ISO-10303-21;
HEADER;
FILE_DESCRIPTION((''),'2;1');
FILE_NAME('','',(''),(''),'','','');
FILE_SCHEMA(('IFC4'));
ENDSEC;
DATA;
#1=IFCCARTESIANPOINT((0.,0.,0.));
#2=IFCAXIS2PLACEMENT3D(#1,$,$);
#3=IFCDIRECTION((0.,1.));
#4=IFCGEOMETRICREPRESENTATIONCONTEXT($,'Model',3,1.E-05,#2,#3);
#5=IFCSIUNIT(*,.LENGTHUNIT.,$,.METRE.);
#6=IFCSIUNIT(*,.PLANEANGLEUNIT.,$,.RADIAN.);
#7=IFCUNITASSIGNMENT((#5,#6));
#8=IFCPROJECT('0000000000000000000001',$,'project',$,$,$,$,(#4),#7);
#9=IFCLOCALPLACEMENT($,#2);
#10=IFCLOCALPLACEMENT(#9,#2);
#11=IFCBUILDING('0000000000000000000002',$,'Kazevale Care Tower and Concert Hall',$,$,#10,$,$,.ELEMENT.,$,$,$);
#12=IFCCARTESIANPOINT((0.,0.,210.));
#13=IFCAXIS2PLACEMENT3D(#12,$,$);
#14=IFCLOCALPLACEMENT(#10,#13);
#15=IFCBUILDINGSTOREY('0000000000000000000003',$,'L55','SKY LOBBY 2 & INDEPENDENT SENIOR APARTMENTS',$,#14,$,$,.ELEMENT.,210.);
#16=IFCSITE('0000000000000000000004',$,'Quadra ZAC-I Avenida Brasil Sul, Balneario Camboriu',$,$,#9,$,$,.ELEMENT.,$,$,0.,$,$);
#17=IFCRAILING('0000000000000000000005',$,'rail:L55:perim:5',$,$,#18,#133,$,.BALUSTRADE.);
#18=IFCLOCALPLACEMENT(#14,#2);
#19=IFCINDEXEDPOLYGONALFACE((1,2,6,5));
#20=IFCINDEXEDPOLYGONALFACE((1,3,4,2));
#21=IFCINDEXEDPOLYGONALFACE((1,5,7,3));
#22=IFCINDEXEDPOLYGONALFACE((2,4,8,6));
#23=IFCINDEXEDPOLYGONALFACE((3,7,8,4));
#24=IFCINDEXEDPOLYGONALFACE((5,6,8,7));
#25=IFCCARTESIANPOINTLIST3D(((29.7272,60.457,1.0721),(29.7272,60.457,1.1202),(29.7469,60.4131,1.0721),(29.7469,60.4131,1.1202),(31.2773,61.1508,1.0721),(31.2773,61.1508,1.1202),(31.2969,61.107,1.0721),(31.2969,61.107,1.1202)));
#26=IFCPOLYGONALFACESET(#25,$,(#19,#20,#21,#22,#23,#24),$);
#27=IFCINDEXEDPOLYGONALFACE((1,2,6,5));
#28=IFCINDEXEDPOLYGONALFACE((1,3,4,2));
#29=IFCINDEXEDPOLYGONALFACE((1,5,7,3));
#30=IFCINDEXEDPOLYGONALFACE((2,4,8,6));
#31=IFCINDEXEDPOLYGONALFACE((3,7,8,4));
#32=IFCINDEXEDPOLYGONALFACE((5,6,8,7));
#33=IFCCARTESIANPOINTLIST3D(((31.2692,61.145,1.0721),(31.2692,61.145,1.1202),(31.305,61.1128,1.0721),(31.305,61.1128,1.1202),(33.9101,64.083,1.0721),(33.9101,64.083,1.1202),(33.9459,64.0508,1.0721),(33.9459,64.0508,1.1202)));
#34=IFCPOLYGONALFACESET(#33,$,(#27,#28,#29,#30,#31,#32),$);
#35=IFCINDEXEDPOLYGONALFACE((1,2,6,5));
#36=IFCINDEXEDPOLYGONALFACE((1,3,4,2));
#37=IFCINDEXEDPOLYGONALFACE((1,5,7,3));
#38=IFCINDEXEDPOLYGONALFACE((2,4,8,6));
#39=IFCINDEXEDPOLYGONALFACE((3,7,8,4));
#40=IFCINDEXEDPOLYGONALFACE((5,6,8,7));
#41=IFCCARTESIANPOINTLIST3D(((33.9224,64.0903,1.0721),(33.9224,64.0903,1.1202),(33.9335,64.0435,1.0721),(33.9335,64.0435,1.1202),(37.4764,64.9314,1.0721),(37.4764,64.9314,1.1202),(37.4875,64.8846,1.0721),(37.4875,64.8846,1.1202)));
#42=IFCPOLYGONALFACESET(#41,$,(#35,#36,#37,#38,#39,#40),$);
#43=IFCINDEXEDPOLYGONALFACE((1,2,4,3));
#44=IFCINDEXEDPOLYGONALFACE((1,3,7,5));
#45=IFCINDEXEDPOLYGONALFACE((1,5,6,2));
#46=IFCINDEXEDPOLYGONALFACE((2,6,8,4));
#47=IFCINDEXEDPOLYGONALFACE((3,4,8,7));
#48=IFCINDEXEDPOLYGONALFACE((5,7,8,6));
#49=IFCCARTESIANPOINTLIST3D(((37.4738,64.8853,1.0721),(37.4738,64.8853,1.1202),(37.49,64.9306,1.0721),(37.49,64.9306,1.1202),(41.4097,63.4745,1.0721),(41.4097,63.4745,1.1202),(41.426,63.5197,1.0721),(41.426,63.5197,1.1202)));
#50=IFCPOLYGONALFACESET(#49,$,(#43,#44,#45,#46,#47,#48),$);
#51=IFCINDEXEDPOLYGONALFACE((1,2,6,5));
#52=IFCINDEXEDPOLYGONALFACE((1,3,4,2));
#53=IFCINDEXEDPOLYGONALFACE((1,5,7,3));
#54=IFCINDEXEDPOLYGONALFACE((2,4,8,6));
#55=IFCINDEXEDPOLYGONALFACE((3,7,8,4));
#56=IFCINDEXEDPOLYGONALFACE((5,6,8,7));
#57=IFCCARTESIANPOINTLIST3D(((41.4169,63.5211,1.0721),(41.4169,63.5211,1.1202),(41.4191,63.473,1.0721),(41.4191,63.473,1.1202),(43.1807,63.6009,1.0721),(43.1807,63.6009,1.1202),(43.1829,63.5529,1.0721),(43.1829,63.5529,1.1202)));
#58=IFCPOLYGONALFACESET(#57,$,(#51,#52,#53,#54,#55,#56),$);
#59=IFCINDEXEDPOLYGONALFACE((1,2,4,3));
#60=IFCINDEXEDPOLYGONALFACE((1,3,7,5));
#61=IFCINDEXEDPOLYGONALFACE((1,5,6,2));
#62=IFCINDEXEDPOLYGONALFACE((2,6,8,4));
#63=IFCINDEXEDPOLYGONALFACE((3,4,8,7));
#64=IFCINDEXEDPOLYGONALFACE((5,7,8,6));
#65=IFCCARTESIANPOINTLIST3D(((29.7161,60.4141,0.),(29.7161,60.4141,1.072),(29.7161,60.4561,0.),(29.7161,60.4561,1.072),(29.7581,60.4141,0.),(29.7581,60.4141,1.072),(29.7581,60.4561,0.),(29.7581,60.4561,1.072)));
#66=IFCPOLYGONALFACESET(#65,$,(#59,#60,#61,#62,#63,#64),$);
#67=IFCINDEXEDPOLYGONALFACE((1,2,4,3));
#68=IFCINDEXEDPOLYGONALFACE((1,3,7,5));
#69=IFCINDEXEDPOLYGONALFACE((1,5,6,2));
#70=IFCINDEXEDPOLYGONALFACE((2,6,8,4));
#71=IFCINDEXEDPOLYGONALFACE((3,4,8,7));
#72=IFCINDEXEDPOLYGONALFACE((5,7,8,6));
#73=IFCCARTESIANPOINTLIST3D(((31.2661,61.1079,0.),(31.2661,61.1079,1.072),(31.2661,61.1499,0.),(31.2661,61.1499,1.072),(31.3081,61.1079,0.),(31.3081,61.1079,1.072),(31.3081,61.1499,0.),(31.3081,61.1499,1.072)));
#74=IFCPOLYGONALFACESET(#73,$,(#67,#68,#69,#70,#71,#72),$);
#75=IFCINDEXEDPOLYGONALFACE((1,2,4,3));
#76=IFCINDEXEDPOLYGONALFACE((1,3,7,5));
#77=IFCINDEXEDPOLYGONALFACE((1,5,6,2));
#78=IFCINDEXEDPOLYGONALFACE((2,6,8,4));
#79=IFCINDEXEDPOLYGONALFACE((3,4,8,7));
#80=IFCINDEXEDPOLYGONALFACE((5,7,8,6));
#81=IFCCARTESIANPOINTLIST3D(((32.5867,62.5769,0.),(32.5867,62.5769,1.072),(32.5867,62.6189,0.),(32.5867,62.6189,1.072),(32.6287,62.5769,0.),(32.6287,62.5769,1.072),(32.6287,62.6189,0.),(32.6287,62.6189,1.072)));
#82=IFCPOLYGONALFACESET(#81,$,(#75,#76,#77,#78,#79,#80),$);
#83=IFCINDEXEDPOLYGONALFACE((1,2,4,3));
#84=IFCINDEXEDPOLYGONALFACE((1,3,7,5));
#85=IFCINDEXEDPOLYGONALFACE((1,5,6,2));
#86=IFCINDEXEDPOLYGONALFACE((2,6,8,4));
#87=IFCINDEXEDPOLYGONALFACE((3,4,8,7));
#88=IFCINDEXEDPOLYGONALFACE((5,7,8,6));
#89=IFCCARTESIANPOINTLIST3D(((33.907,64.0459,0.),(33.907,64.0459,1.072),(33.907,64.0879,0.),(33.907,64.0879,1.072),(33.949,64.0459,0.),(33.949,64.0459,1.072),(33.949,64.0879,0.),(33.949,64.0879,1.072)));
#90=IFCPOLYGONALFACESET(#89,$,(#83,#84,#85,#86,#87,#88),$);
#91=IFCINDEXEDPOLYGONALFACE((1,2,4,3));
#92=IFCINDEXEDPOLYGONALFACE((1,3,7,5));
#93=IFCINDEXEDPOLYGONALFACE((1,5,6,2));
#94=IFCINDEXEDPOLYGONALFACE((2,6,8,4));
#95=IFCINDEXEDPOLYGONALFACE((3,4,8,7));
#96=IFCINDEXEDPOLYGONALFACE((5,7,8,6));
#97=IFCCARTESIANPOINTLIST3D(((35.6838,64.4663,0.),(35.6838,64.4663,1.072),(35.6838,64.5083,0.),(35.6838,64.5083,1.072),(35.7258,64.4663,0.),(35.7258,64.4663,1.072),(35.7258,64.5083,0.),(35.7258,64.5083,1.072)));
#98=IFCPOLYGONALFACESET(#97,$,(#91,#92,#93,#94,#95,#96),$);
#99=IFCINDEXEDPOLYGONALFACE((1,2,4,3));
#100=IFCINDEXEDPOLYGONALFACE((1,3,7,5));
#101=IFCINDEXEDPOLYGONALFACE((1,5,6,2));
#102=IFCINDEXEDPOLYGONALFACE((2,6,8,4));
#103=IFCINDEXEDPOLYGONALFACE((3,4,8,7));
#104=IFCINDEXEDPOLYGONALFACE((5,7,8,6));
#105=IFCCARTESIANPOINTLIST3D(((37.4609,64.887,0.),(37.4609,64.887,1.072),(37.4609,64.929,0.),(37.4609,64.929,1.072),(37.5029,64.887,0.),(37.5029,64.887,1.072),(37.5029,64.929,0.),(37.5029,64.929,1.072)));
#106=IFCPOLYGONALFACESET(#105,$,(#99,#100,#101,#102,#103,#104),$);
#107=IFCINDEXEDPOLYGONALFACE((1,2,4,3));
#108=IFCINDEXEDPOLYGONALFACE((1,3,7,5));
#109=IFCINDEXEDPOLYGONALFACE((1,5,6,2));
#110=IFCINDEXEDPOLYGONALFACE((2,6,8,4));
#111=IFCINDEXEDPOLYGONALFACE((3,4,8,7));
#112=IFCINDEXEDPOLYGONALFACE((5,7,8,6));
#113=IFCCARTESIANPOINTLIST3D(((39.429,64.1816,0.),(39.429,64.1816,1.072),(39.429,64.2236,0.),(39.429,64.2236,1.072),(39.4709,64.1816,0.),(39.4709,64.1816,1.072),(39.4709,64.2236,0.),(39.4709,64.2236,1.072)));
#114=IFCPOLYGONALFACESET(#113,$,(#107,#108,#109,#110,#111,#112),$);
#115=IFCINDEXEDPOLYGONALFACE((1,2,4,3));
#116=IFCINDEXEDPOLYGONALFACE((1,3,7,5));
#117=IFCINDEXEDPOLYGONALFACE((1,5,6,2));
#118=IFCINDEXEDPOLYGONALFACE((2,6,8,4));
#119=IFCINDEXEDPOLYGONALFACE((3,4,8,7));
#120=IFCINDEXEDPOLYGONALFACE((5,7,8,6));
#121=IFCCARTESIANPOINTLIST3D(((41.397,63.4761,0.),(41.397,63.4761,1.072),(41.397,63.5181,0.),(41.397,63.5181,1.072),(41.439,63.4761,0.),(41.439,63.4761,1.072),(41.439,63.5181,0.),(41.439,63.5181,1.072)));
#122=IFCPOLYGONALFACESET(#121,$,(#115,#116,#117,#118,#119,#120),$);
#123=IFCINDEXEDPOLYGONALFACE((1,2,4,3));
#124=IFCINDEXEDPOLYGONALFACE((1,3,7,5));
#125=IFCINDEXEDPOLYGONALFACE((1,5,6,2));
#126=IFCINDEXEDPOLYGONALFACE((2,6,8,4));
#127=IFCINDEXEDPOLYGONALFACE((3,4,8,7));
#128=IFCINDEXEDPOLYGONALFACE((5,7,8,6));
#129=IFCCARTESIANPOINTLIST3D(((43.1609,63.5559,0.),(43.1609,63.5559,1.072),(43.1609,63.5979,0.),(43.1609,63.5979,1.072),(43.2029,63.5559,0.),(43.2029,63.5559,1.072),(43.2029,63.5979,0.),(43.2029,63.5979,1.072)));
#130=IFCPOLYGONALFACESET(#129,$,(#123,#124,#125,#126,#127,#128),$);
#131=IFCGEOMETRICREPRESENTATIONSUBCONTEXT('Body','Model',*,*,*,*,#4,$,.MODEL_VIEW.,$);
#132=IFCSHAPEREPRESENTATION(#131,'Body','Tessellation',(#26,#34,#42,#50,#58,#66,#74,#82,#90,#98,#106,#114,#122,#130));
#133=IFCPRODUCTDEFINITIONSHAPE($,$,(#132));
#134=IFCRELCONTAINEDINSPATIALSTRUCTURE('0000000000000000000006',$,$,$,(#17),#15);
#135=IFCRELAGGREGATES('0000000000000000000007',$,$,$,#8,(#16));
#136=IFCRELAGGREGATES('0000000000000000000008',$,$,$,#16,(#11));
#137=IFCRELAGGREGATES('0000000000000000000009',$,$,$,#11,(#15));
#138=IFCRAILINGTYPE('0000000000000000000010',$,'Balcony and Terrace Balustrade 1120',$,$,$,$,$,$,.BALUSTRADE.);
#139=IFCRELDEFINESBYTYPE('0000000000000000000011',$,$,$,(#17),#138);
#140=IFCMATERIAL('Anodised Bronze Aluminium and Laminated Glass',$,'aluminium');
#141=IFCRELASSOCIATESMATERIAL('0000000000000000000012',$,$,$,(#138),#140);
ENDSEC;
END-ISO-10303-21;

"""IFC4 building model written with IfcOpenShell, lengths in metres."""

from ifc_helpers import new_model, si_unit, direction, frame, origin, origin_2d, place, context, subcontext, project, spatial, rectangle, extrude, material, type_object, element, save


model = new_model("IFC4")

# Units and contexts
model_context = context("Model", 3, precision=1e-05, world=origin(), true_north=direction((0.0, 1.0)))
body_context = subcontext(model_context, "Body", "Model", "MODEL_VIEW")
ifc_project = project(units=[si_unit("LENGTHUNIT", "METRE"), si_unit("PLANEANGLEUNIT", "RADIAN")], contexts=[model_context])

# Site, building, storey
site_placement = place(None, origin())
site = spatial("IfcSite", under=ifc_project, at=site_placement, Name="Quadra ZAC-I Avenida Brasil Sul, Balneario Camboriu", CompositionType="ELEMENT", RefElevation=0.0)
building_placement = place(site_placement, origin())
building = spatial("IfcBuilding", under=site, at=building_placement, Name="Kazevale Care Tower and Concert Hall", CompositionType="ELEMENT")
storey_placement = place(building_placement, frame((0.0, 0.0, 210.0)))
storey = spatial("IfcBuildingStorey", under=building, at=storey_placement, Name="L55", Description="SKY LOBBY 2 & INDEPENDENT SENIOR APARTMENTS", CompositionType="ELEMENT", Elevation=210.0)

# Railing
ifc_material_1 = material(Name="Anodised Bronze Aluminium and Laminated Glass", Category="aluminium")
railing_type = type_object("IfcRailingType", Name="Balcony and Terrace Balustrade 1120", PredefinedType="BALUSTRADE", material=ifc_material_1)
railing_1_placement = place(storey_placement, frame((29.7371, 60.4351, 0.0)))
element("IfcRailing", 1, at=railing_1_placement, inside=storey, type_object=railing_type, Name="rail:L55:perim:5", PredefinedType="BALUSTRADE", context=body_context, shape_type="SweptSolid", body=[
    extrude(rectangle(XDim=0.0481, YDim=0.0481, at=origin_2d()), frame((0.0, 0.0, 1.0962), z_axis=(0.912729, 0.408565, 0.0), x_axis=(-0.408565, 0.912729, 0.0)), (0.0, 0.0, 1.0), 1.6982),
    extrude(rectangle(XDim=0.0481, YDim=0.0481, at=origin_2d()), frame((1.55, 0.6938, 1.0962), z_axis=(0.6685, 0.743712, 0.0), x_axis=(-0.743712, 0.6685, 0.0)), (0.0, 0.0, 1.0), 3.9504),
    extrude(rectangle(XDim=0.0481, YDim=0.0481, at=origin_2d()), frame((4.1909, 3.6318, 1.0962), z_axis=(0.973121, 0.230295, 0.0), x_axis=(-0.230295, 0.973121, 0.0)), (0.0, 0.0, 1.0), 3.6521),
    extrude(rectangle(XDim=0.0481, YDim=0.0481, at=origin_2d()), frame((7.7449, 4.4729, 1.0962), z_axis=(0.94135, -0.337431, 0.0), x_axis=(0.337431, 0.94135, 0.0)), (0.0, 0.0, 1.0), 4.1812),
    extrude(rectangle(XDim=0.0481, YDim=0.0481, at=origin_2d()), frame((11.6809, 3.062, 1.0962), z_axis=(0.998977, 0.045213, 0.0), x_axis=(-0.045213, 0.998977, 0.0)), (0.0, 0.0, 1.0), 1.7656),
    extrude(rectangle(XDim=0.042, YDim=0.042, at=origin_2d()), origin(), (0.0, 0.0, 1.0), 1.072),
    extrude(rectangle(XDim=0.042, YDim=0.042, at=origin_2d()), frame((1.55, 0.6938, 0.0)), (0.0, 0.0, 1.0), 1.072),
    extrude(rectangle(XDim=0.042, YDim=0.042, at=origin_2d()), frame((2.8706, 2.1628, 0.0)), (0.0, 0.0, 1.0), 1.072),
    extrude(rectangle(XDim=0.042, YDim=0.042, at=origin_2d()), frame((4.1909, 3.6318, 0.0)), (0.0, 0.0, 1.0), 1.072),
    extrude(rectangle(XDim=0.042, YDim=0.042, at=origin_2d()), frame((5.9678, 4.0522, 0.0)), (0.0, 0.0, 1.0), 1.072),
    extrude(rectangle(XDim=0.042, YDim=0.042, at=origin_2d()), frame((7.7449, 4.4729, 0.0)), (0.0, 0.0, 1.0), 1.072),
    extrude(rectangle(XDim=0.042, YDim=0.042, at=origin_2d()), frame((9.7129, 3.7676, 0.0)), (0.0, 0.0, 1.0), 1.072),
    extrude(rectangle(XDim=0.042, YDim=0.042, at=origin_2d()), frame((11.6809, 3.062, 0.0)), (0.0, 0.0, 1.0), 1.072),
    extrude(rectangle(XDim=0.042, YDim=0.042, at=origin_2d()), frame((13.4448, 3.1418, 0.0)), (0.0, 0.0, 1.0), 1.072),
])

save(model, "model.ifc")
